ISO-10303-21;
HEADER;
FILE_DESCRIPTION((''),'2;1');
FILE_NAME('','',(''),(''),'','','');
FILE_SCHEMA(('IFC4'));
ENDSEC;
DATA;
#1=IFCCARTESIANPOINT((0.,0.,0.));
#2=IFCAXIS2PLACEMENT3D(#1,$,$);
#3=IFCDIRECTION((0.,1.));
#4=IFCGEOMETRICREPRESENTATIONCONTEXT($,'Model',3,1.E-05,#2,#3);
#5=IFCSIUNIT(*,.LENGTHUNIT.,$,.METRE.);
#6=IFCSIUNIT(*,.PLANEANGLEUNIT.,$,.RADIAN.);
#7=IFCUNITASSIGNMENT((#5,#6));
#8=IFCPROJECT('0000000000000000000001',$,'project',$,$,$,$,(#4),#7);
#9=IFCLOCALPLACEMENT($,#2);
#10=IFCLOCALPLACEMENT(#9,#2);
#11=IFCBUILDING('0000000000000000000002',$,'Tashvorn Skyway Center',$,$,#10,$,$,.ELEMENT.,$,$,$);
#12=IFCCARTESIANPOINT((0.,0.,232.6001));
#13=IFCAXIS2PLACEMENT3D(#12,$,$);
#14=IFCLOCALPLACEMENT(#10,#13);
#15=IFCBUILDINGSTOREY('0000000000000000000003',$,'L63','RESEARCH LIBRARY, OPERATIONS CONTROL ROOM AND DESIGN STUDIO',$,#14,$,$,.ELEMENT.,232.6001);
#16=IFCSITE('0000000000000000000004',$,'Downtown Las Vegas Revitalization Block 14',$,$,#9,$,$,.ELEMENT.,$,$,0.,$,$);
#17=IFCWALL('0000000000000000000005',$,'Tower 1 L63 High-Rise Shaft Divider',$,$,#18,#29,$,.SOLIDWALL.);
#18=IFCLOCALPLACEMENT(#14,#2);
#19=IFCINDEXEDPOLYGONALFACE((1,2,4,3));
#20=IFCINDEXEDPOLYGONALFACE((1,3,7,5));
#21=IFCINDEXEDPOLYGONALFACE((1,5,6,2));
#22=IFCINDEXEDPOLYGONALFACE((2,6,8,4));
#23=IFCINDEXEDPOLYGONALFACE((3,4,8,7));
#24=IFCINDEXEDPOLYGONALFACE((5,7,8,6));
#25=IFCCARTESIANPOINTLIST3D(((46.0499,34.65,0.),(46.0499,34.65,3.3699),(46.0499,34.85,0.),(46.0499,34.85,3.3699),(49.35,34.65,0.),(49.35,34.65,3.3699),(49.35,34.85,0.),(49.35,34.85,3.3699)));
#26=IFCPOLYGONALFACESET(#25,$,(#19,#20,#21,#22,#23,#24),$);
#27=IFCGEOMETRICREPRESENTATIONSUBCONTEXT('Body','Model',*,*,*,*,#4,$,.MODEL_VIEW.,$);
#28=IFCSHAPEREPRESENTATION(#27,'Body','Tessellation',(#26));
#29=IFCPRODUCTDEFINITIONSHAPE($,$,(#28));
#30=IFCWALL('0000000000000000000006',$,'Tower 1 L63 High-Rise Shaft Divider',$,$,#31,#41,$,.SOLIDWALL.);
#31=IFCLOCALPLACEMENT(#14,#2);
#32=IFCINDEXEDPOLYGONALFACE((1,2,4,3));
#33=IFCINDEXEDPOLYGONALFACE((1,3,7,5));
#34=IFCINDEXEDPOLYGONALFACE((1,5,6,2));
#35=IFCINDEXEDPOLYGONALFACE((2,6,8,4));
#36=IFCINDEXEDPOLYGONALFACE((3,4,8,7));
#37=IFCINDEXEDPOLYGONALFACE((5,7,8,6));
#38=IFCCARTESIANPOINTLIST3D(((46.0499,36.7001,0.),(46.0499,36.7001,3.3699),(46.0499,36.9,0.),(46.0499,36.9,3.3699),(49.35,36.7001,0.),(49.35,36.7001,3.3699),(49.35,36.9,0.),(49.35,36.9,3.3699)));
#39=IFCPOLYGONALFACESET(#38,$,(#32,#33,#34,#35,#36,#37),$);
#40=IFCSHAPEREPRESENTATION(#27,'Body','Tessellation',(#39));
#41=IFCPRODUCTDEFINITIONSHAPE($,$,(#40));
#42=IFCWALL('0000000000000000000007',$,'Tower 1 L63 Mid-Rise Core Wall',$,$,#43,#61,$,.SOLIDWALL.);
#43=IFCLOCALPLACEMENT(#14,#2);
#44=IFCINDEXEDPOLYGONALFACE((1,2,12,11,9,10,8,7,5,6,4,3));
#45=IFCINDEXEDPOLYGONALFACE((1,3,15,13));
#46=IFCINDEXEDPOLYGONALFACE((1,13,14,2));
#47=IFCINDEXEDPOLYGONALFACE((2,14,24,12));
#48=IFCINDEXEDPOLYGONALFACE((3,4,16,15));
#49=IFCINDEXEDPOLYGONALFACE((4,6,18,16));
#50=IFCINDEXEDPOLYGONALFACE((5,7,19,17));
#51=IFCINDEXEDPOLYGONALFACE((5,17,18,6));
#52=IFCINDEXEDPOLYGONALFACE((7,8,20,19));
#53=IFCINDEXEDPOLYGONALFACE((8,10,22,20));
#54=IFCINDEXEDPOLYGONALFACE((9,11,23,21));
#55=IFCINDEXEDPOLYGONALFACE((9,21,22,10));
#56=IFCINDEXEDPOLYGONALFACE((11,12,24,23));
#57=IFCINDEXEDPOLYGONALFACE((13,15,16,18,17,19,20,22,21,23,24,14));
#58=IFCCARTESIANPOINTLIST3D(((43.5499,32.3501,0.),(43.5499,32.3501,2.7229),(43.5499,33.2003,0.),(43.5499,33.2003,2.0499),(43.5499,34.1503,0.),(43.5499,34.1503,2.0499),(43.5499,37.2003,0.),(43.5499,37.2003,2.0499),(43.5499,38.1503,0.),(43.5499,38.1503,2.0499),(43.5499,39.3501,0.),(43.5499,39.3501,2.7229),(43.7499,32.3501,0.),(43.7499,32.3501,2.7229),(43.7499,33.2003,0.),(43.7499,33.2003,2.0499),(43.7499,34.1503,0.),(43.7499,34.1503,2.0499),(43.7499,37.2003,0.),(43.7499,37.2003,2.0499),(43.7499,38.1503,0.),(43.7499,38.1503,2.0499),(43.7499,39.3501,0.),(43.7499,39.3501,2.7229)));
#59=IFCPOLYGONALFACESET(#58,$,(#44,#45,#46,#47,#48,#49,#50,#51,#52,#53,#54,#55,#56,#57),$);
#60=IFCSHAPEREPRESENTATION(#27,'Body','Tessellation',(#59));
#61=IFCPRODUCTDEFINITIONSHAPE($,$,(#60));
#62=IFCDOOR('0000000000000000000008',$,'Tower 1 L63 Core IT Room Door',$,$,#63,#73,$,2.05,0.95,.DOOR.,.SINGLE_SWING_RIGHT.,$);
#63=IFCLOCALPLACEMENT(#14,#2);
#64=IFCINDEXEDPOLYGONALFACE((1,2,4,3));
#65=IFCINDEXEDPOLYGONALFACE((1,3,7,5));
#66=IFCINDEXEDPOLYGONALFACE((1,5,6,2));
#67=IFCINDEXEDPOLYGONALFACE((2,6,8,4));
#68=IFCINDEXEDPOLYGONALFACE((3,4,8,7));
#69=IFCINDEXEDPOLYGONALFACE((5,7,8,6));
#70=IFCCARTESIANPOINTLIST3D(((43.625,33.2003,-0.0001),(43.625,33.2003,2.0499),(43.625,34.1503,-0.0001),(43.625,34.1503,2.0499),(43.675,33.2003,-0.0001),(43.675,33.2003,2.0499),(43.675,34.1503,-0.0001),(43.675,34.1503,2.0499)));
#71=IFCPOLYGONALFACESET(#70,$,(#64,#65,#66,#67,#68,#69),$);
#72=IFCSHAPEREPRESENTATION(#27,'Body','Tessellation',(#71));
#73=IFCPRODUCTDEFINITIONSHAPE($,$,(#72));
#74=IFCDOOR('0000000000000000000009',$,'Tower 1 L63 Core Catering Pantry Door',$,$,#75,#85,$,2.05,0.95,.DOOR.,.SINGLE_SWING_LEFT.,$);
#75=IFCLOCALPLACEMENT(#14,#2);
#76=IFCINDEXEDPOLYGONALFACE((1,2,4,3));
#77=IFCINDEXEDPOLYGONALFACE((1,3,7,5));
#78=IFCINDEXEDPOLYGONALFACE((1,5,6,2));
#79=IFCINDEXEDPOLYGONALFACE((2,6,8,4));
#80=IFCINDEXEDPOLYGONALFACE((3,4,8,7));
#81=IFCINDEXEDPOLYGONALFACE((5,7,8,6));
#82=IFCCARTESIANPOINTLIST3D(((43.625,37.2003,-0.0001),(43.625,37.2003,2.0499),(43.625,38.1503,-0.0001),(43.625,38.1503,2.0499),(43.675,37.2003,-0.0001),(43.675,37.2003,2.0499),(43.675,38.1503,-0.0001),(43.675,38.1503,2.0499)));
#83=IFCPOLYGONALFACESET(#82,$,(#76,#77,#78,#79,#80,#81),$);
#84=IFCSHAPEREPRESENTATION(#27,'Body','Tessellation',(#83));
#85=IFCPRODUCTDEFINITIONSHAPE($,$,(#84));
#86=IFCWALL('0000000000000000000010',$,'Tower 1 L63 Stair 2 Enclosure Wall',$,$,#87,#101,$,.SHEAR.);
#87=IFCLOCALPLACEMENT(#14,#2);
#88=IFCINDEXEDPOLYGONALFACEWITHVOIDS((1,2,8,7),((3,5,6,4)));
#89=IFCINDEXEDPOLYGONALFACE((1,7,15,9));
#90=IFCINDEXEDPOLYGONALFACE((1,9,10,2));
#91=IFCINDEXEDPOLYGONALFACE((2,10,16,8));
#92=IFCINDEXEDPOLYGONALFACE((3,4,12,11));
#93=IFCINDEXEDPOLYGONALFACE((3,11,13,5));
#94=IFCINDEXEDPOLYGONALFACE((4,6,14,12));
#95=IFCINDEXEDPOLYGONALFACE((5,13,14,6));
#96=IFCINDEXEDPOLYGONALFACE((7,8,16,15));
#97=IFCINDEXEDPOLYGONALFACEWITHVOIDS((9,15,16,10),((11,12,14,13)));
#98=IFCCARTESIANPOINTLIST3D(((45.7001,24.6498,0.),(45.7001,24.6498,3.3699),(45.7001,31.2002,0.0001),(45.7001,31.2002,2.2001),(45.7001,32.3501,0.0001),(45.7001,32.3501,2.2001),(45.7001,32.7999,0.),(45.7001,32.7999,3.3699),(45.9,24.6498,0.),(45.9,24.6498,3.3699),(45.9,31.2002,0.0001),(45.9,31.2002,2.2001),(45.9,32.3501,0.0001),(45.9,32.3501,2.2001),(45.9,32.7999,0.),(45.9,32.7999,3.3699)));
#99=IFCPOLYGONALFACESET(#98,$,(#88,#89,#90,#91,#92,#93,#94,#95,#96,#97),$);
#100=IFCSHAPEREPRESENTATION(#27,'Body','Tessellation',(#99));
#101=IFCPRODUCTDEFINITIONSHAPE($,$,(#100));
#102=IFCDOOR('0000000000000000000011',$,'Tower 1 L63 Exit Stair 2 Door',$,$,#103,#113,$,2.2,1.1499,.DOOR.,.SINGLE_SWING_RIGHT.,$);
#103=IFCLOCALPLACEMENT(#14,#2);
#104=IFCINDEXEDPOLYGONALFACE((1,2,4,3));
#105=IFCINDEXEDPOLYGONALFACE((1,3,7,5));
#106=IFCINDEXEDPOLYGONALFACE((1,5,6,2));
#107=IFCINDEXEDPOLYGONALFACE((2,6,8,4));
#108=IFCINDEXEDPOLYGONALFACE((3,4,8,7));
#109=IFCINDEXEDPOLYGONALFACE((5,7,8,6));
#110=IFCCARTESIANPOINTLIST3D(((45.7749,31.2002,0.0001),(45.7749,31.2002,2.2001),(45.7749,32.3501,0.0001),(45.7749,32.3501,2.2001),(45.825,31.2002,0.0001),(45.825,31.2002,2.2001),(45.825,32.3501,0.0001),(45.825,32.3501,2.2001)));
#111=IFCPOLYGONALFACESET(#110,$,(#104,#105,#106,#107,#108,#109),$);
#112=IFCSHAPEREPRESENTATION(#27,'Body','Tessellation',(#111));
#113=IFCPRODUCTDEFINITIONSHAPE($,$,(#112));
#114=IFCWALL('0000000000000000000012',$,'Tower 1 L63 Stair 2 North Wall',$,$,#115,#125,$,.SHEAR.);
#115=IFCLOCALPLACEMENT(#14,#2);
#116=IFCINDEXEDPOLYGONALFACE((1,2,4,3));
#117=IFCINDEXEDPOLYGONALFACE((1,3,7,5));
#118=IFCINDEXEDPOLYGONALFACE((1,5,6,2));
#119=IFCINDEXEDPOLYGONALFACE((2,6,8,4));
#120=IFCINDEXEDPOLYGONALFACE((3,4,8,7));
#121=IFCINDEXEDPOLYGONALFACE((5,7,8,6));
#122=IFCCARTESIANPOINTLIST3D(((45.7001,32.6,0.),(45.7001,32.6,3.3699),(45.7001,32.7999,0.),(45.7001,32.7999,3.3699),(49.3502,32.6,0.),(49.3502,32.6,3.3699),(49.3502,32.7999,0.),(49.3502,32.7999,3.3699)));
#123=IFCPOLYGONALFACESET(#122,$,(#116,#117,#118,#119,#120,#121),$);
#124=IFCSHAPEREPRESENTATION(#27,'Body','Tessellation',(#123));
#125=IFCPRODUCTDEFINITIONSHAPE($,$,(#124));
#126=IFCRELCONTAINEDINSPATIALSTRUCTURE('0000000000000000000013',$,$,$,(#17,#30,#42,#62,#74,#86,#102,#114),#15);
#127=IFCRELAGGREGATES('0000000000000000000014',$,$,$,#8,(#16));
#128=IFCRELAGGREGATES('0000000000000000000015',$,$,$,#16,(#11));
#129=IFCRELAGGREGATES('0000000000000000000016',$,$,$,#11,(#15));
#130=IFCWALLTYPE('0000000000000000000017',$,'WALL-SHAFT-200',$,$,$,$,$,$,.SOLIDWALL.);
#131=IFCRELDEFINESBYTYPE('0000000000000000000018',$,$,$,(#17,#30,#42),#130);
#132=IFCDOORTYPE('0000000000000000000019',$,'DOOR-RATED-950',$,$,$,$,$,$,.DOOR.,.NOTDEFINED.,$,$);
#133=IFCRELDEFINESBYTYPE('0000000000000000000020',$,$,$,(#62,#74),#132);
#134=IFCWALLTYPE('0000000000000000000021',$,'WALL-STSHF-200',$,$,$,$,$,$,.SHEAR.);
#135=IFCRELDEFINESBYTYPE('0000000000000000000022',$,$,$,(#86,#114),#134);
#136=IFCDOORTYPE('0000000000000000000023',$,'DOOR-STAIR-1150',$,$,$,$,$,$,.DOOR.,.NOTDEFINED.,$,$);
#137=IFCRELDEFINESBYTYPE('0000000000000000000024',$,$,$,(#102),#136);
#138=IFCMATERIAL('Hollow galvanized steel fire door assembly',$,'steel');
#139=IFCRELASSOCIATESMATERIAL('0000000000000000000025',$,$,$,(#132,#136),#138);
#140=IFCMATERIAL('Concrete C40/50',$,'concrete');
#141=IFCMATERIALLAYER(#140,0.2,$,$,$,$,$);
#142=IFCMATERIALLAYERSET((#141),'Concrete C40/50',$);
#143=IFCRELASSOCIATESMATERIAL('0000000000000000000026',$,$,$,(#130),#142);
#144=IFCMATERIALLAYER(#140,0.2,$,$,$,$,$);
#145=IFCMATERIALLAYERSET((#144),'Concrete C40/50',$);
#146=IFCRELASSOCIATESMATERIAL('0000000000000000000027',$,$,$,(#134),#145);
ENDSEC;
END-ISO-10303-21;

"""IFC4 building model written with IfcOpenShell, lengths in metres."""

from ifc_helpers import new_model, si_unit, direction, frame, frame_2d, origin, place, context, subcontext, project, spatial, rectangle, extrude, material, layer, layer_set, type_object, element, fill, save


model = new_model("IFC4")

# Units and contexts
model_context = context("Model", 3, precision=1e-05, world=origin(), true_north=direction((0.0, 1.0)))
body_context = subcontext(model_context, "Body", "Model", "MODEL_VIEW")
ifc_project = project(units=[si_unit("LENGTHUNIT", "METRE"), si_unit("PLANEANGLEUNIT", "RADIAN")], contexts=[model_context])

# Site, building, storey
site_placement = place(None, origin())
site = spatial("IfcSite", under=ifc_project, at=site_placement, Name="Downtown Las Vegas Revitalization Block 14", CompositionType="ELEMENT", RefElevation=0.0)
building_placement = place(site_placement, origin())
building = spatial("IfcBuilding", under=site, at=building_placement, Name="Tashvorn Skyway Center", CompositionType="ELEMENT")
storey_placement = place(building_placement, frame((0.0, 0.0, 232.6001)))
storey = spatial("IfcBuildingStorey", under=building, at=storey_placement, Name="L63", Description="RESEARCH LIBRARY, OPERATIONS CONTROL ROOM AND DESIGN STUDIO", CompositionType="ELEMENT", Elevation=232.6001)

# Shared definitions
ifc_material_1 = material(Name="Concrete C40/50", Category="concrete")
ifc_material_2 = material(Name="Hollow galvanized steel fire door assembly", Category="steel")
door_type_1 = type_object("IfcDoorType", Name="DOOR-RATED-950", OperationType="NOTDEFINED", PredefinedType="DOOR", material=ifc_material_2)

# Walls
ifc_layer_1 = layer(ifc_material_1, 0.2)
ifc_layer_set_1 = layer_set([ifc_layer_1], Name="Concrete C40/50")
wall_type_1 = type_object("IfcWallType", Name="WALL-SHAFT-200", PredefinedType="SOLIDWALL", material=ifc_layer_set_1)
for number, where, z_axis, x_axis, name in (
    (1, (46.05, 34.75, 0.0), (0.0, 0.0, 1.0), (1.0, 0.0, 0.0), "Tower 1 L63 High-Rise Shaft Divider"),
    (2, (46.05, 36.8, 0.0), (0.0, 0.0, 1.0), (1.0, 0.0, 0.0), "Tower 1 L63 High-Rise Shaft Divider"),
):
    element("IfcWall", number, at=place(storey_placement, frame(where, z_axis=z_axis, x_axis=x_axis)), inside=storey, type_object=wall_type_1, Name=name, PredefinedType="SOLIDWALL", context=body_context, shape_type="SweptSolid", body=[
        extrude(rectangle(XDim=3.3, YDim=0.2, at=frame_2d((1.6499, 0.0))), origin(), (0.0, 0.0, 1.0), 3.3699),
    ])

# Wall, openings, doors
wall_1_placement = place(storey_placement, frame((43.6499, 32.3501, 0.0), z_axis=(0.0, 0.0, 1.0), x_axis=(0.0, 1.0, 0.0)))
wall_1 = element("IfcWall", 3, at=wall_1_placement, inside=storey, type_object=wall_type_1, Name="Tower 1 L63 Mid-Rise Core Wall", PredefinedType="SOLIDWALL", context=body_context, shape_type="SweptSolid", body=[
    extrude(rectangle(XDim=7.0, YDim=0.2, at=frame_2d((3.5, 0.0))), origin(), (0.0, 0.0, 1.0), 2.7229),
])
opening_1_placement = place(wall_1_placement, frame((0.8501, 0.0, 0.0)))
opening_1 = element("IfcOpeningElement", 4, at=opening_1_placement, cuts=wall_1, PredefinedType="OPENING", context=body_context, shape_type="SweptSolid", body=[
    extrude(rectangle(XDim=0.95, YDim=2.05, at=frame_2d((0.4751, 1.0249))), frame((0.0, 0.1099, 0.0), z_axis=(0.0, -1.0, 0.0), x_axis=(1.0, 0.0, 0.0)), (0.0, 0.0, 1.0), 0.22),
])
opening_2_placement = place(wall_1_placement, frame((4.8501, 0.0, 0.0)))
opening_2 = element("IfcOpeningElement", 5, at=opening_2_placement, cuts=wall_1, PredefinedType="OPENING", context=body_context, shape_type="SweptSolid", body=[
    extrude(rectangle(XDim=0.95, YDim=2.05, at=frame_2d((0.4751, 1.0249))), frame((0.0, 0.1099, 0.0), z_axis=(0.0, -1.0, 0.0), x_axis=(1.0, 0.0, 0.0)), (0.0, 0.0, 1.0), 0.22),
])
door_1_placement = place(opening_1_placement, origin())
door_1 = element("IfcDoor", 6, at=door_1_placement, inside=storey, type_object=door_type_1, Name="Tower 1 L63 Core IT Room Door", OperationType="SINGLE_SWING_RIGHT", OverallHeight=2.05, OverallWidth=0.95, PredefinedType="DOOR", context=body_context, shape_type="SweptSolid", body=[
    extrude(rectangle(XDim=0.95, YDim=2.05, at=frame_2d((0.4751, 1.0249))), frame((0.0, 0.0249, 0.0), z_axis=(0.0, -1.0, 0.0), x_axis=(1.0, 0.0, 0.0)), (0.0, 0.0, 1.0), 0.05),
])
fill(opening_1, door_1)
door_2_placement = place(opening_2_placement, origin())
door_2 = element("IfcDoor", 7, at=door_2_placement, inside=storey, type_object=door_type_1, Name="Tower 1 L63 Core Catering Pantry Door", OperationType="SINGLE_SWING_LEFT", OverallHeight=2.05, OverallWidth=0.95, PredefinedType="DOOR", context=body_context, shape_type="SweptSolid", body=[
    extrude(rectangle(XDim=0.95, YDim=2.05, at=frame_2d((0.4751, 1.0249))), frame((0.0, 0.0249, 0.0), z_axis=(0.0, -1.0, 0.0), x_axis=(1.0, 0.0, 0.0)), (0.0, 0.0, 1.0), 0.05),
])
fill(opening_2, door_2)

# Wall, opening, door
ifc_layer_2 = layer(ifc_material_1, 0.2)
ifc_layer_set_2 = layer_set([ifc_layer_2], Name="Concrete C40/50")
wall_type_2 = type_object("IfcWallType", Name="WALL-STSHF-200", PredefinedType="SHEAR", material=ifc_layer_set_2)
wall_2_placement = place(storey_placement, frame((45.8, 32.8, 0.0), z_axis=(0.0, 0.0, 1.0), x_axis=(0.0, -1.0, 0.0)))
wall_2 = element("IfcWall", 8, at=wall_2_placement, inside=storey, type_object=wall_type_2, Name="Tower 1 L63 Stair 2 Enclosure Wall", PredefinedType="SHEAR", context=body_context, shape_type="SweptSolid", body=[
    extrude(rectangle(XDim=8.1501, YDim=0.2, at=frame_2d((4.0752, 0.0))), origin(), (0.0, 0.0, 1.0), 3.3699),
])
opening_3_placement = place(wall_2_placement, frame((0.45, 0.0, 0.0)))
opening_3 = element("IfcOpeningElement", 9, at=opening_3_placement, cuts=wall_2, PredefinedType="OPENING", context=body_context, shape_type="SweptSolid", body=[
    extrude(rectangle(XDim=1.1499, YDim=2.2, at=frame_2d((0.575, 1.1001))), frame((0.0, 0.1099, 0.0), z_axis=(0.0, -1.0, 0.0), x_axis=(1.0, 0.0, 0.0)), (0.0, 0.0, 1.0), 0.22),
])
door_type_2 = type_object("IfcDoorType", Name="DOOR-STAIR-1150", OperationType="NOTDEFINED", PredefinedType="DOOR", material=ifc_material_2)
door_3_placement = place(opening_3_placement, origin())
door_3 = element("IfcDoor", 10, at=door_3_placement, inside=storey, type_object=door_type_2, Name="Tower 1 L63 Exit Stair 2 Door", OperationType="SINGLE_SWING_RIGHT", OverallHeight=2.2, OverallWidth=1.1499, PredefinedType="DOOR", context=body_context, shape_type="SweptSolid", body=[
    extrude(rectangle(XDim=1.1499, YDim=2.2, at=frame_2d((0.575, 1.1001))), frame((0.0, 0.0249, 0.0), z_axis=(0.0, -1.0, 0.0), x_axis=(1.0, 0.0, 0.0)), (0.0, 0.0, 1.0), 0.05),
])
fill(opening_3, door_3)

# Wall
wall_3_placement = place(storey_placement, frame((45.7, 32.7, 0.0), z_axis=(0.0, 0.0, 1.0), x_axis=(1.0, 0.0, 0.0)))
element("IfcWall", 11, at=wall_3_placement, inside=storey, type_object=wall_type_2, Name="Tower 1 L63 Stair 2 North Wall", PredefinedType="SHEAR", context=body_context, shape_type="SweptSolid", body=[
    extrude(rectangle(XDim=3.6501, YDim=0.2, at=frame_2d((1.8252, 0.0))), origin(), (0.0, 0.0, 1.0), 3.3699),
])

save(model, "model.ifc")
